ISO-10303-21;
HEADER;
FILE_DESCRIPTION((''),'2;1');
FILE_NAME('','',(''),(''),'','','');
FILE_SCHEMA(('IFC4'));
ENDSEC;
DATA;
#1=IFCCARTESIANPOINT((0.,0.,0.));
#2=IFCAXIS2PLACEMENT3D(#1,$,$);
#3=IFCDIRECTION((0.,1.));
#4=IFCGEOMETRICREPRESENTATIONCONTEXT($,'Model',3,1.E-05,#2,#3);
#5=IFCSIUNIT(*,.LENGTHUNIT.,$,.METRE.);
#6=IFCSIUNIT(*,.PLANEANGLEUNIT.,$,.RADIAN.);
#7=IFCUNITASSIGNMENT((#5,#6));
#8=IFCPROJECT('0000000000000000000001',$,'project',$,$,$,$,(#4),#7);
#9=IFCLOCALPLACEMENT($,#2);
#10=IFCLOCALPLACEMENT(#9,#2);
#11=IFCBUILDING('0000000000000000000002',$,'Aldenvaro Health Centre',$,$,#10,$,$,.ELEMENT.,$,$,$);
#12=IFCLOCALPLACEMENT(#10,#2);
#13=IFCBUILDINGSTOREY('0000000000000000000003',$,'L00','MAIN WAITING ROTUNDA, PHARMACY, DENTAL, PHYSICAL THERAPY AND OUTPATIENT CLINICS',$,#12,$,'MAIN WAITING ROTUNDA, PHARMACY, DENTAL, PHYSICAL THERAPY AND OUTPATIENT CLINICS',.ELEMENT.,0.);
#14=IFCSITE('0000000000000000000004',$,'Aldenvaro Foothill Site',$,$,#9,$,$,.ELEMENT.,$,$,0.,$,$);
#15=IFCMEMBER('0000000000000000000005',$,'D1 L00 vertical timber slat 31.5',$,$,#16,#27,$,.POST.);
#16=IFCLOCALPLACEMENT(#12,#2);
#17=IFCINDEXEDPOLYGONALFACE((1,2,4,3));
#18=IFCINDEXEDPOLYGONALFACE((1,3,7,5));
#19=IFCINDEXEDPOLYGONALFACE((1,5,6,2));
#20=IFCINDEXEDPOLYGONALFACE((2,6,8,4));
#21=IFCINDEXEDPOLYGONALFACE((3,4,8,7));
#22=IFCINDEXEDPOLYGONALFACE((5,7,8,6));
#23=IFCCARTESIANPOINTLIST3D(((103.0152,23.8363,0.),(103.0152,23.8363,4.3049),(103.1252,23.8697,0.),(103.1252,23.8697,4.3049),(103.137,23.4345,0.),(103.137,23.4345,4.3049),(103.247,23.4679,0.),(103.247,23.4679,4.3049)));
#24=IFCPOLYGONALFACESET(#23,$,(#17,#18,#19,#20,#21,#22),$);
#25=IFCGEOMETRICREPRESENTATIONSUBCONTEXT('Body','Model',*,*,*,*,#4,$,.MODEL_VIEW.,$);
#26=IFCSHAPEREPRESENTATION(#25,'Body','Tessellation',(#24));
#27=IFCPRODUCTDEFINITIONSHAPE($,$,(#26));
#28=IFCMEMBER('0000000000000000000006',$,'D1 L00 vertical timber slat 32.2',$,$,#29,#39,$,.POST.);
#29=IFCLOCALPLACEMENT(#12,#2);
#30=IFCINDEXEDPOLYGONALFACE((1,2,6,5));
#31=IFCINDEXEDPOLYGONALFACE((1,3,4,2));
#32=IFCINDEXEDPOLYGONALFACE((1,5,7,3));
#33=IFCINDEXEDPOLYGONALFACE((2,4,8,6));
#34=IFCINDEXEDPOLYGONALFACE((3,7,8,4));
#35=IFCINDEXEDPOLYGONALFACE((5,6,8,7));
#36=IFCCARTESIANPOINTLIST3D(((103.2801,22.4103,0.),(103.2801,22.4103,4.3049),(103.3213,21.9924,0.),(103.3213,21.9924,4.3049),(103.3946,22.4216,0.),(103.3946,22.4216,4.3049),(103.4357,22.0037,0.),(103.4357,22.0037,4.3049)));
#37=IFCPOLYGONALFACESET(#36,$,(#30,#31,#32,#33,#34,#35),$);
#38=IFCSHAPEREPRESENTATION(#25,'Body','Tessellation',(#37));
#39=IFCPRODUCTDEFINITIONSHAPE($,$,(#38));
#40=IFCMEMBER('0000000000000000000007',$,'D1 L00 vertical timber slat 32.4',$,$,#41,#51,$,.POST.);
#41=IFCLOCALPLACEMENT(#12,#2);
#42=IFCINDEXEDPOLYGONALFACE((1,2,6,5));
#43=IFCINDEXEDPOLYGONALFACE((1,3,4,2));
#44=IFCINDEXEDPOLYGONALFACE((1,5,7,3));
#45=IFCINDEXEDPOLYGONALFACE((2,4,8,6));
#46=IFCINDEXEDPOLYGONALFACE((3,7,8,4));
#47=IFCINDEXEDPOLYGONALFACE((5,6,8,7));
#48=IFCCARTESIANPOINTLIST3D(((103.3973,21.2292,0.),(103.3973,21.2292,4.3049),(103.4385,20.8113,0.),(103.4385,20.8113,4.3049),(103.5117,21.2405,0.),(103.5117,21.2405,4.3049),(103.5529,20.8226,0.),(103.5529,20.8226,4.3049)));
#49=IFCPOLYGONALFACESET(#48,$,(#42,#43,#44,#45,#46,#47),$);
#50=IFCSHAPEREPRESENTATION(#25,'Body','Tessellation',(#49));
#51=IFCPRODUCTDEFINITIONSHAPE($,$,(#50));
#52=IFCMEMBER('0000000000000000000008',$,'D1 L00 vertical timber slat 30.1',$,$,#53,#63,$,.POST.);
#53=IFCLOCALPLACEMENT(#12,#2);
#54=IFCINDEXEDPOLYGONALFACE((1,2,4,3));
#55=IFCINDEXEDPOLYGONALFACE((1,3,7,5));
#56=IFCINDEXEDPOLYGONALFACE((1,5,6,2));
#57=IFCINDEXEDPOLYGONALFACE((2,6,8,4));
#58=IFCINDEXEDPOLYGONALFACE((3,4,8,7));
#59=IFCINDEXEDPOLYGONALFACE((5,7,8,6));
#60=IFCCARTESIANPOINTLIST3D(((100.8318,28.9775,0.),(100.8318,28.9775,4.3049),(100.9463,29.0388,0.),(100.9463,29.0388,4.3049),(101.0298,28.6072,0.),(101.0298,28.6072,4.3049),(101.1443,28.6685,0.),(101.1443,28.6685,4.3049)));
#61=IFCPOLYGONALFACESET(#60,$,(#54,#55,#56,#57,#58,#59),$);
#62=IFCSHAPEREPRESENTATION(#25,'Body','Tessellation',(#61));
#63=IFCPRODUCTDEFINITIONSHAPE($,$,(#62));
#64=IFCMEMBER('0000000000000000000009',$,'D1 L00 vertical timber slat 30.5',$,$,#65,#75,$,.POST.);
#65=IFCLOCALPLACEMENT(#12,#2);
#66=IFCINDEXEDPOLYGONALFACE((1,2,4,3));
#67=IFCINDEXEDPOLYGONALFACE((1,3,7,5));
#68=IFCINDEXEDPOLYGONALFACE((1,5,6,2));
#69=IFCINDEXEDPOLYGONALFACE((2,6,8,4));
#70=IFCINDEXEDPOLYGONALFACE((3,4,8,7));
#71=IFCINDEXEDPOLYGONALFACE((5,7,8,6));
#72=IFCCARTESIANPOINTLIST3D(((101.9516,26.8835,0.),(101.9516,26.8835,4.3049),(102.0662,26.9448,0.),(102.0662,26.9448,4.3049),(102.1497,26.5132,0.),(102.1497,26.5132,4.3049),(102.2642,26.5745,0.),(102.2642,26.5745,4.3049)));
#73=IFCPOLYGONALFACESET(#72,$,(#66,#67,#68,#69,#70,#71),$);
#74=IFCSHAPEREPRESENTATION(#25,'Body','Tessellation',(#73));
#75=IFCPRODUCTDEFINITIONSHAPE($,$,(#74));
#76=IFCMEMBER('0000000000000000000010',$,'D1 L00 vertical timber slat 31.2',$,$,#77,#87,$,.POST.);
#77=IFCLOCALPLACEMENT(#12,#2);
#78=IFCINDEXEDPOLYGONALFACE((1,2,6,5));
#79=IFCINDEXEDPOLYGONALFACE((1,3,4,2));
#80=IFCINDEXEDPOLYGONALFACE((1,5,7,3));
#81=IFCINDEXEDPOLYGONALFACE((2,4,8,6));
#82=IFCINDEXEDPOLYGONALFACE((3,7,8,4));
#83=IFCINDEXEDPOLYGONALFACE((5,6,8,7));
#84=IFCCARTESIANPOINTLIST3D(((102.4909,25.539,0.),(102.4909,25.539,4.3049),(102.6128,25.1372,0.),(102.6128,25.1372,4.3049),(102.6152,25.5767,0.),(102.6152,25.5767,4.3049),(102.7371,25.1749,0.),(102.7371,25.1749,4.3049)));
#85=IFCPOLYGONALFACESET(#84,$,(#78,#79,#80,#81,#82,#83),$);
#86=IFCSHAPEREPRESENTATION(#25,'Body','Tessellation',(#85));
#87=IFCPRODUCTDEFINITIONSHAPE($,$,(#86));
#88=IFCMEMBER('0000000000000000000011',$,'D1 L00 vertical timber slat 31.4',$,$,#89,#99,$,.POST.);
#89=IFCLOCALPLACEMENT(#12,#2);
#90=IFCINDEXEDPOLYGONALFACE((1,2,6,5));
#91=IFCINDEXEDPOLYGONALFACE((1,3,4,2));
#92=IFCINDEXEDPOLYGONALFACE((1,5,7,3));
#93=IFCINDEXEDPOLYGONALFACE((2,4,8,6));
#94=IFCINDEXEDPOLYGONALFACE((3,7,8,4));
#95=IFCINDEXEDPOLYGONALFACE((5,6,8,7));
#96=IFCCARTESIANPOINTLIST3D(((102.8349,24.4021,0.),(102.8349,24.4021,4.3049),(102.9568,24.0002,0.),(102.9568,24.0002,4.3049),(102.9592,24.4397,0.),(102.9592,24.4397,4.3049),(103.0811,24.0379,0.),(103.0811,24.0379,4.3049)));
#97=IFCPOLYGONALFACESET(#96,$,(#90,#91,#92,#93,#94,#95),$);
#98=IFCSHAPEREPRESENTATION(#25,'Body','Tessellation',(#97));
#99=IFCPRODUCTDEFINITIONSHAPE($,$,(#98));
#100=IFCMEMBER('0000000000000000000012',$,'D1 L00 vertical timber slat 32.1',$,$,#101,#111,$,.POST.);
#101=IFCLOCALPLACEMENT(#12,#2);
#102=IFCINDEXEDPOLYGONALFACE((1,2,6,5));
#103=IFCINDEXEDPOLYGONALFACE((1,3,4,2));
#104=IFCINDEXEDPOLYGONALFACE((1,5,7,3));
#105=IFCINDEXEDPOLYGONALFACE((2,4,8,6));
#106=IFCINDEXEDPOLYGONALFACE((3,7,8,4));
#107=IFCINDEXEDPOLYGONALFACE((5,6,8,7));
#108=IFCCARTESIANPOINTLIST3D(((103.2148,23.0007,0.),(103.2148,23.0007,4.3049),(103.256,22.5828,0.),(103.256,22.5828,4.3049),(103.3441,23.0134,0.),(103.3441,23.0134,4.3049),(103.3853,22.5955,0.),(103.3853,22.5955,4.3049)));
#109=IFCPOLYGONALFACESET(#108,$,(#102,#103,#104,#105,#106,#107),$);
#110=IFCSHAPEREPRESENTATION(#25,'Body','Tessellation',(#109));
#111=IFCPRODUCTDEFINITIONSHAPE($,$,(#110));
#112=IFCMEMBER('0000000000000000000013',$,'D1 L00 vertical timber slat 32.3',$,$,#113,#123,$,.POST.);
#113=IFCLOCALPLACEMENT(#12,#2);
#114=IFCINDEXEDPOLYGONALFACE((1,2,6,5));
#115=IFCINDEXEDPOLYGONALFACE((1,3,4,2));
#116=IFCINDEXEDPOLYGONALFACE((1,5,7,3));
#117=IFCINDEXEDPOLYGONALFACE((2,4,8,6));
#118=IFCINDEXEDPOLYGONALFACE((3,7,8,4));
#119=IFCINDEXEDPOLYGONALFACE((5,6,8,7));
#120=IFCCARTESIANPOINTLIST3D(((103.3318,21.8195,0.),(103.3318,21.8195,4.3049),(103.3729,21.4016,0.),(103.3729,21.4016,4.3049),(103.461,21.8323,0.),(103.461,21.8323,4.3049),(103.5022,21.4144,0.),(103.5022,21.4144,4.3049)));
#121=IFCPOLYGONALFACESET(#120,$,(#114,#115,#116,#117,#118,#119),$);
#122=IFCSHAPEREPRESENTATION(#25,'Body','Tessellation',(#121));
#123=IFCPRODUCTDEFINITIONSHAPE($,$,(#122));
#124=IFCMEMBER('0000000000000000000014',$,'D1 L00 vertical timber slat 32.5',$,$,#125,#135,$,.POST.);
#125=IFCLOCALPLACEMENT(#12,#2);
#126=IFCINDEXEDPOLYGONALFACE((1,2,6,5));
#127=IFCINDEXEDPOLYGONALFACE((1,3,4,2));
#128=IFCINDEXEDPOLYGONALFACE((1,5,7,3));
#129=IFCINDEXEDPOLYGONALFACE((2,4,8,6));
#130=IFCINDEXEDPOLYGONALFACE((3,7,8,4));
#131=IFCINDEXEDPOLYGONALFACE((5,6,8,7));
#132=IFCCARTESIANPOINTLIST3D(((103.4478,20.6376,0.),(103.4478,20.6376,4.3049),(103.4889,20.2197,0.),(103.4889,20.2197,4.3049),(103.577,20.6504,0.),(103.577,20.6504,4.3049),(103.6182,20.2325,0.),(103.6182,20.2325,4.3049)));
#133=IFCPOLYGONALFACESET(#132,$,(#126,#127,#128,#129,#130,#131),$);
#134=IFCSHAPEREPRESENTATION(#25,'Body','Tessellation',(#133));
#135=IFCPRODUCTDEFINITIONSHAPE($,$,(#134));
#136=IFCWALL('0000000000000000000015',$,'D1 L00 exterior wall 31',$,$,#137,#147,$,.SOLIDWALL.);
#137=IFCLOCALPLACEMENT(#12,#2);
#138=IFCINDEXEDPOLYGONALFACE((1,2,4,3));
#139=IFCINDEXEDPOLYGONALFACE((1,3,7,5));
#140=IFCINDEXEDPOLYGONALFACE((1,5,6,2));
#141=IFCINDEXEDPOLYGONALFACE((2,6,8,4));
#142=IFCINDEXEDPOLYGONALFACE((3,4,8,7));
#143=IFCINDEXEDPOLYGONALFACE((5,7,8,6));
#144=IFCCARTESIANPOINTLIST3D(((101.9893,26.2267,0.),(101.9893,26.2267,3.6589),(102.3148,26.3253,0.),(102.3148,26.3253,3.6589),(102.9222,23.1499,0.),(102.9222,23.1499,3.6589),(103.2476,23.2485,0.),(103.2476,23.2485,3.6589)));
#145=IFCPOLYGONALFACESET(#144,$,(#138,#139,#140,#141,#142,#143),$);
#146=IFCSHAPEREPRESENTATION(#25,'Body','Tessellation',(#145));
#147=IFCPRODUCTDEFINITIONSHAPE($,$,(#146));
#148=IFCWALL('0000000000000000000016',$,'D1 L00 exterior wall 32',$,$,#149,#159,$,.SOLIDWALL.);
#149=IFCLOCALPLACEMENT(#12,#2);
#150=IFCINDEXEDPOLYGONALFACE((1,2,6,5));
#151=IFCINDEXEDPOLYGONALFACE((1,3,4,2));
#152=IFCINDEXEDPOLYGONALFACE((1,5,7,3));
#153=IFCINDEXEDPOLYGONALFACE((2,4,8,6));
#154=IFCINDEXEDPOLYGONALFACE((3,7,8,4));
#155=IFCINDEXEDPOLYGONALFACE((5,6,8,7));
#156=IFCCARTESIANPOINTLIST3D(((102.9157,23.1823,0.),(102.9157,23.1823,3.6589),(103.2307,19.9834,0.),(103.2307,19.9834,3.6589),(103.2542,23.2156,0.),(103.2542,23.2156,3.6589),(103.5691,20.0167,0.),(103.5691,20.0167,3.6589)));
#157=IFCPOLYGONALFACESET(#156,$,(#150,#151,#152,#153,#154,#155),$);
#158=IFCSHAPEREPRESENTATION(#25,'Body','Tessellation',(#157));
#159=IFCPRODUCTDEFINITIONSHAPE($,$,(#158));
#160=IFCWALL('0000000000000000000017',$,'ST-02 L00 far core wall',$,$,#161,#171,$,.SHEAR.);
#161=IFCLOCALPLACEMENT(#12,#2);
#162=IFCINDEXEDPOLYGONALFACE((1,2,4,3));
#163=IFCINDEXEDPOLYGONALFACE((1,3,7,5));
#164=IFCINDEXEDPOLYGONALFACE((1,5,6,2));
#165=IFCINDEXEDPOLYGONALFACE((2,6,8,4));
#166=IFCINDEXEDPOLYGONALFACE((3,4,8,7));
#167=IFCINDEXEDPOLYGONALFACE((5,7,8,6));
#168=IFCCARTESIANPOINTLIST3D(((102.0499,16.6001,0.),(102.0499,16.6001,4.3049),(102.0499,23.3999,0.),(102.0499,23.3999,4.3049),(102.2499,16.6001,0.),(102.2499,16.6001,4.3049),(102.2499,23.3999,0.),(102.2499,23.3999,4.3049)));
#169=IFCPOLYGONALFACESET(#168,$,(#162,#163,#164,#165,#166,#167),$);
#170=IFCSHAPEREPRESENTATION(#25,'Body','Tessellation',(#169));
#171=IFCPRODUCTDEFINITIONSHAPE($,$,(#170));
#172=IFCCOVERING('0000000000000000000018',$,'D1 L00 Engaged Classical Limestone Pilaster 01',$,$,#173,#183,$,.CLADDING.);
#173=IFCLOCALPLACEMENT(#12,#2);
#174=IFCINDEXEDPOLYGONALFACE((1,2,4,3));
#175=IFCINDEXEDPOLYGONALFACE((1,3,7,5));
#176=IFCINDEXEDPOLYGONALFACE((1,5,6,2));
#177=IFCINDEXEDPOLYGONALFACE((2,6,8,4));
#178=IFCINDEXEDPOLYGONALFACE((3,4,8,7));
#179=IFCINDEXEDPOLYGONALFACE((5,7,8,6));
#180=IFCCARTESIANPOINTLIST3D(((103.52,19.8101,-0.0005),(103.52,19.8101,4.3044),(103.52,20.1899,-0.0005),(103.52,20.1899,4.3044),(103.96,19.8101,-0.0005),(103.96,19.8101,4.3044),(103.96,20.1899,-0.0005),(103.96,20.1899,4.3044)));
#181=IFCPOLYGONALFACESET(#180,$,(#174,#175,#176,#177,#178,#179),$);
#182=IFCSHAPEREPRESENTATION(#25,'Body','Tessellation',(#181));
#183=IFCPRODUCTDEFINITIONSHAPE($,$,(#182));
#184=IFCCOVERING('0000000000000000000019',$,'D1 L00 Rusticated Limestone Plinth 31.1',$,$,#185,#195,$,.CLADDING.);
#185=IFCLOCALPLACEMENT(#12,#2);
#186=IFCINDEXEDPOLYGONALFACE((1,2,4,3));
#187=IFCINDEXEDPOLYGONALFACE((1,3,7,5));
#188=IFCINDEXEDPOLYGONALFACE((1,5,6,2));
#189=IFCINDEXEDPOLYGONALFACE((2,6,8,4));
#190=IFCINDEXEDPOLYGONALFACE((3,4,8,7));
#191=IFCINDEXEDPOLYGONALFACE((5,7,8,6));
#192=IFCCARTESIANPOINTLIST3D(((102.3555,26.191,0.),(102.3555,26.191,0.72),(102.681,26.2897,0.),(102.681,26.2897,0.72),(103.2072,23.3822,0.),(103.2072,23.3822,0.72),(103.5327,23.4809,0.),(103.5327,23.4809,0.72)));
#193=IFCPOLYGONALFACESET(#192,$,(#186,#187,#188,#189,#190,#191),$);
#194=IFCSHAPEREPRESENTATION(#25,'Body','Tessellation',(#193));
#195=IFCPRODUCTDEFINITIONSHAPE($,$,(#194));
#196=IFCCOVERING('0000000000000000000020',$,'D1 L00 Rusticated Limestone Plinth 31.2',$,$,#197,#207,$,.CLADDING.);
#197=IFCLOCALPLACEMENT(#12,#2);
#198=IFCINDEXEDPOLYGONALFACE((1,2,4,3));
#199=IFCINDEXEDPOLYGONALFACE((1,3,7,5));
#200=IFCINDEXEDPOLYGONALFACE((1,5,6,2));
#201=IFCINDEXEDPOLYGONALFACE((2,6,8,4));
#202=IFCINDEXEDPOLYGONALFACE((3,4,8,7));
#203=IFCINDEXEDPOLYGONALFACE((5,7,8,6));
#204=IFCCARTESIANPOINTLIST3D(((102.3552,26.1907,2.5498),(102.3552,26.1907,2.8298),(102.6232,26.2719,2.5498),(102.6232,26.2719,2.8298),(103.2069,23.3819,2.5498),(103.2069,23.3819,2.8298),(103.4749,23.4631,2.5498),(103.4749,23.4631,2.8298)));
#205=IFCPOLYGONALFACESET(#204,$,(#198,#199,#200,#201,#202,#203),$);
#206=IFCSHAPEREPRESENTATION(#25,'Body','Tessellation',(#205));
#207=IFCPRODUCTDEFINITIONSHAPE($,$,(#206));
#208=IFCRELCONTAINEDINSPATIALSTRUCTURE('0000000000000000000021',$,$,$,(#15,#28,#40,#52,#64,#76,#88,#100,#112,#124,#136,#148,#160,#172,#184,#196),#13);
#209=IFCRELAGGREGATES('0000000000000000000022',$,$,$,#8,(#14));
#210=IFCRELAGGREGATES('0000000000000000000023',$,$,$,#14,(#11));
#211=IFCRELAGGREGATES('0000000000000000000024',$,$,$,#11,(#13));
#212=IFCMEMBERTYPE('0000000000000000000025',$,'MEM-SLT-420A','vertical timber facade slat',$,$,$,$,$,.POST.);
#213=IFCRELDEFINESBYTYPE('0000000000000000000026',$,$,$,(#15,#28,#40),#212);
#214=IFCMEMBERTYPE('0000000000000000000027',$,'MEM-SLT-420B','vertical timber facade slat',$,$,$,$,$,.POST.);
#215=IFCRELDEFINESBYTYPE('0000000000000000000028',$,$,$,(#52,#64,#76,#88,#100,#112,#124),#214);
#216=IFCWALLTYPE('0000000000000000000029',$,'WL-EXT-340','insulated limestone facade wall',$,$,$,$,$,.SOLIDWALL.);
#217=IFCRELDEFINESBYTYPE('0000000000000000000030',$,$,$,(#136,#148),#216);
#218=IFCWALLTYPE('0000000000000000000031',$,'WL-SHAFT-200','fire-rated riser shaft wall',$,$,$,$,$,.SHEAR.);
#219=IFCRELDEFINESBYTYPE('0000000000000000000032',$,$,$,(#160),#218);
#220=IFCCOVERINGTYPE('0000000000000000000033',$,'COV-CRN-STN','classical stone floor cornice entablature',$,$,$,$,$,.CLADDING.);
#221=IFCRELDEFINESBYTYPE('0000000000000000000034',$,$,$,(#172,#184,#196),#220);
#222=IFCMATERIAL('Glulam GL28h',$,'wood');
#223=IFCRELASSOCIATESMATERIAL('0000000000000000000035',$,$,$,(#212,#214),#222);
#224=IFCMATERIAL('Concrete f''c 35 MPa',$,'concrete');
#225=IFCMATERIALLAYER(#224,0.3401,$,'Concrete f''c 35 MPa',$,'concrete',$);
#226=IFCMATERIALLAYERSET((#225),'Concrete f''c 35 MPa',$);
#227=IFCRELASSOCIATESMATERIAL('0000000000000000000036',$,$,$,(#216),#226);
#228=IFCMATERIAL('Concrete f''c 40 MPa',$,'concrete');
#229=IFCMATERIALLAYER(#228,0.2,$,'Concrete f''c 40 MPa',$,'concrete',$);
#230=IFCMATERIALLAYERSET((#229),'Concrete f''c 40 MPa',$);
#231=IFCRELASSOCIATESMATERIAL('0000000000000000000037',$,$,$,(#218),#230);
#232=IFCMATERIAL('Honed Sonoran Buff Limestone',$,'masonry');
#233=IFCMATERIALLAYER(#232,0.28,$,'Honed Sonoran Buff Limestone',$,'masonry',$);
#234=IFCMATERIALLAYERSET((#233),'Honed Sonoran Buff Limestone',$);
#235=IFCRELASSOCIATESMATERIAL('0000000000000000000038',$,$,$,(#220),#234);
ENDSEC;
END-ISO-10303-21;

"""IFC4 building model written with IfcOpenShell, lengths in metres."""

from ifc_helpers import new_model, si_unit, direction, frame, frame_2d, origin, origin_2d, place, context, subcontext, project, spatial, rectangle, extrude, material, layer, layer_set, material_profile, profile_set, type_object, element, save


model = new_model("IFC4")

# Units and contexts
model_context = context("Model", 3, precision=1e-05, world=origin(), true_north=direction((0.0, 1.0)))
body_context = subcontext(model_context, "Body", "Model", "MODEL_VIEW")
ifc_project = project(units=[si_unit("LENGTHUNIT", "METRE"), si_unit("PLANEANGLEUNIT", "RADIAN")], contexts=[model_context])

# Site, building, storey
site_placement = place(None, origin())
site = spatial("IfcSite", under=ifc_project, at=site_placement, Name="Aldenvaro Foothill Site", CompositionType="ELEMENT", RefElevation=0.0)
building_placement = place(site_placement, origin())
building = spatial("IfcBuilding", under=site, at=building_placement, Name="Aldenvaro Health Centre", CompositionType="ELEMENT")
storey_placement = place(building_placement, origin())
storey = spatial("IfcBuildingStorey", under=building, at=storey_placement, Name="L00", Description="MAIN WAITING ROTUNDA, PHARMACY, DENTAL, PHYSICAL THERAPY AND OUTPATIENT CLINICS", LongName="MAIN WAITING ROTUNDA, PHARMACY, DENTAL, PHYSICAL THERAPY AND OUTPATIENT CLINICS", CompositionType="ELEMENT", Elevation=0.0)

# Shared definitions
ifc_material_1 = material(Name="Concrete f'c 40 MPa", Category="concrete")

# Shared definitions
ifc_material_2 = material(Name="Glulam GL28h", Category="wood")

# Members
ifc_material_profile_1 = material_profile(ifc_material_2, rectangle(XDim=0.115, YDim=0.4199, at=origin_2d()), Name="GL 115x420", Category="wood")
ifc_profile_set_1 = profile_set([ifc_material_profile_1], Name="Glulam GL28h")
member_type_1 = type_object("IfcMemberType", Name="MEM-SLT-420A", Description="vertical timber facade slat", PredefinedType="POST", material=ifc_profile_set_1)
for number, where, z_axis, x_axis, name in (
    (1, (103.1311, 23.6521, 0.0), (0.0, 0.0, 1.0), (0.956975, 0.290171, 0.0), "D1 L00 vertical timber slat 31.5"),
    (2, (103.3579, 22.207, 0.0), (0.0, 0.0, 1.0), (0.995187, 0.097994, 0.0), "D1 L00 vertical timber slat 32.2"),
    (3, (103.4751, 21.0259, 0.0), (0.0, 0.0, 1.0), (0.995187, 0.097994, 0.0), "D1 L00 vertical timber slat 32.4"),
):
    element("IfcMember", number, at=place(storey_placement, frame(where, z_axis=z_axis, x_axis=x_axis)), inside=storey, type_object=member_type_1, Name=name, PredefinedType="POST", context=body_context, shape_type="SweptSolid", body=[
        extrude(rectangle(XDim=0.115, YDim=0.4199, at=origin_2d()), origin(), (0.0, 0.0, 1.0), 4.3049),
    ])
ifc_material_profile_2 = material_profile(ifc_material_2, rectangle(XDim=0.1299, YDim=0.4199, at=origin_2d()), Name="GL 130x420", Category="wood")
ifc_profile_set_2 = profile_set([ifc_material_profile_2], Name="Glulam GL28h")
member_type_2 = type_object("IfcMemberType", Name="MEM-SLT-420B", Description="vertical timber facade slat", PredefinedType="POST", material=ifc_profile_set_2)
for number, where, z_axis, x_axis, name in (
    (4, (100.988, 28.823, 0.0), (0.0, 0.0, 1.0), (0.881836, 0.471557, 0.0), "D1 L00 vertical timber slat 30.1"),
    (5, (102.1079, 26.729, 0.0), (0.0, 0.0, 1.0), (0.881836, 0.471557, 0.0), "D1 L00 vertical timber slat 30.5"),
    (6, (102.614, 25.3569, 0.0), (0.0, 0.0, 1.0), (0.956975, 0.290171, 0.0), "D1 L00 vertical timber slat 31.2"),
    (7, (102.958, 24.22, 0.0), (0.0, 0.0, 1.0), (0.956975, 0.290171, 0.0), "D1 L00 vertical timber slat 31.4"),
    (8, (103.3, 22.7981, 0.0), (0.0, 0.0, 1.0), (0.995187, 0.097994, 0.0), "D1 L00 vertical timber slat 32.1"),
    (9, (103.417, 21.6169, 0.0), (0.0, 0.0, 1.0), (0.995187, 0.097994, 0.0), "D1 L00 vertical timber slat 32.3"),
    (10, (103.533, 20.4351, 0.0), (0.0, 0.0, 1.0), (0.995187, 0.097994, 0.0), "D1 L00 vertical timber slat 32.5"),
):
    element("IfcMember", number, at=place(storey_placement, frame(where, z_axis=z_axis, x_axis=x_axis)), inside=storey, type_object=member_type_2, Name=name, PredefinedType="POST", context=body_context, shape_type="SweptSolid", body=[
        extrude(rectangle(XDim=0.1299, YDim=0.4199, at=origin_2d()), origin(), (0.0, 0.0, 1.0), 4.3049),
    ])

# Walls
ifc_material_3 = material(Name="Concrete f'c 35 MPa", Category="concrete")
ifc_layer_1 = layer(ifc_material_3, 0.3401, Name="Concrete f'c 35 MPa", Category="concrete")
ifc_layer_set_1 = layer_set([ifc_layer_1], Name="Concrete f'c 35 MPa")
wall_type_1 = type_object("IfcWallType", Name="WL-EXT-340", Description="insulated limestone facade wall", PredefinedType="SOLIDWALL", material=ifc_layer_set_1)
wall_1_placement = place(storey_placement, frame((102.1521, 26.2759, 0.0), z_axis=(0.0, 0.0, 1.0), x_axis=(0.29014, -0.956984, 0.0)))
element("IfcWall", 11, at=wall_1_placement, inside=storey, type_object=wall_type_1, Name="D1 L00 exterior wall 31", PredefinedType="SOLIDWALL", context=body_context, shape_type="SweptSolid", body=[
    extrude(rectangle(XDim=3.2151, YDim=0.3401, at=frame_2d((1.6074, 0.0))), origin(), (0.0, 0.0, 1.0), 3.6589),
])
wall_2_placement = place(storey_placement, frame((103.085, 23.199, 0.0), z_axis=(0.0, 0.0, 1.0), x_axis=(0.097977, -0.995189, 0.0)))
element("IfcWall", 12, at=wall_2_placement, inside=storey, type_object=wall_type_1, Name="D1 L00 exterior wall 32", PredefinedType="SOLIDWALL", context=body_context, shape_type="SweptSolid", body=[
    extrude(rectangle(XDim=3.2144, YDim=0.3401, at=frame_2d((1.6072, 0.0))), origin(), (0.0, 0.0, 1.0), 3.6589),
])
ifc_layer_2 = layer(ifc_material_1, 0.2, Name="Concrete f'c 40 MPa", Category="concrete")
ifc_layer_set_2 = layer_set([ifc_layer_2], Name="Concrete f'c 40 MPa")
wall_type_2 = type_object("IfcWallType", Name="WL-SHAFT-200", Description="fire-rated riser shaft wall", PredefinedType="SHEAR", material=ifc_layer_set_2)
wall_3_placement = place(storey_placement, frame((102.1499, 23.3999, 0.0), z_axis=(0.0, 0.0, 1.0), x_axis=(0.0, -1.0, 0.0)))
element("IfcWall", 13, at=wall_3_placement, inside=storey, type_object=wall_type_2, Name="ST-02 L00 far core wall", PredefinedType="SHEAR", context=body_context, shape_type="SweptSolid", body=[
    extrude(rectangle(XDim=6.7998, YDim=0.2, at=frame_2d((3.3999, 0.0))), origin(), (0.0, 0.0, 1.0), 4.3049),
])

# Coverings
ifc_material_4 = material(Name="Honed Sonoran Buff Limestone", Category="masonry")
ifc_layer_3 = layer(ifc_material_4, 0.28, Name="Honed Sonoran Buff Limestone", Category="masonry")
ifc_layer_set_3 = layer_set([ifc_layer_3], Name="Honed Sonoran Buff Limestone")
covering_type = type_object("IfcCoveringType", Name="COV-CRN-STN", Description="classical stone floor cornice entablature", PredefinedType="CLADDING", material=ifc_layer_set_3)
covering_1_placement = place(storey_placement, frame((103.74, 20.0, -0.0005), z_axis=(0.0, 0.0, 1.0), x_axis=(1.0, 0.0, 0.0)))
element("IfcCovering", 14, at=covering_1_placement, inside=storey, type_object=covering_type, Name="D1 L00 Engaged Classical Limestone Pilaster 01", PredefinedType="CLADDING", context=body_context, shape_type="SweptSolid", body=[
    extrude(rectangle(XDim=0.4399, YDim=0.3799, at=origin_2d()), origin(), (0.0, 0.0, 1.0), 4.3049),
])
covering_2_placement = place(storey_placement, frame((102.9441, 24.8359, 0.0), z_axis=(0.0, 0.0, 1.0), x_axis=(0.290171, -0.956975, 0.0)))
element("IfcCovering", 15, at=covering_2_placement, inside=storey, type_object=covering_type, Name="D1 L00 Rusticated Limestone Plinth 31.1", PredefinedType="CLADDING", context=body_context, shape_type="SweptSolid", body=[
    extrude(rectangle(XDim=2.9351, YDim=0.3401, at=origin_2d()), origin(), (0.0, 0.0, 1.0), 0.72),
])
covering_3_placement = place(storey_placement, frame((102.915, 24.8269, 2.5498), z_axis=(0.0, 0.0, 1.0), x_axis=(0.290171, -0.956975, 0.0)))
element("IfcCovering", 16, at=covering_3_placement, inside=storey, type_object=covering_type, Name="D1 L00 Rusticated Limestone Plinth 31.2", PredefinedType="CLADDING", context=body_context, shape_type="SweptSolid", body=[
    extrude(rectangle(XDim=2.9351, YDim=0.28, at=origin_2d()), origin(), (0.0, 0.0, 1.0), 0.28),
])

save(model, "model.ifc")
